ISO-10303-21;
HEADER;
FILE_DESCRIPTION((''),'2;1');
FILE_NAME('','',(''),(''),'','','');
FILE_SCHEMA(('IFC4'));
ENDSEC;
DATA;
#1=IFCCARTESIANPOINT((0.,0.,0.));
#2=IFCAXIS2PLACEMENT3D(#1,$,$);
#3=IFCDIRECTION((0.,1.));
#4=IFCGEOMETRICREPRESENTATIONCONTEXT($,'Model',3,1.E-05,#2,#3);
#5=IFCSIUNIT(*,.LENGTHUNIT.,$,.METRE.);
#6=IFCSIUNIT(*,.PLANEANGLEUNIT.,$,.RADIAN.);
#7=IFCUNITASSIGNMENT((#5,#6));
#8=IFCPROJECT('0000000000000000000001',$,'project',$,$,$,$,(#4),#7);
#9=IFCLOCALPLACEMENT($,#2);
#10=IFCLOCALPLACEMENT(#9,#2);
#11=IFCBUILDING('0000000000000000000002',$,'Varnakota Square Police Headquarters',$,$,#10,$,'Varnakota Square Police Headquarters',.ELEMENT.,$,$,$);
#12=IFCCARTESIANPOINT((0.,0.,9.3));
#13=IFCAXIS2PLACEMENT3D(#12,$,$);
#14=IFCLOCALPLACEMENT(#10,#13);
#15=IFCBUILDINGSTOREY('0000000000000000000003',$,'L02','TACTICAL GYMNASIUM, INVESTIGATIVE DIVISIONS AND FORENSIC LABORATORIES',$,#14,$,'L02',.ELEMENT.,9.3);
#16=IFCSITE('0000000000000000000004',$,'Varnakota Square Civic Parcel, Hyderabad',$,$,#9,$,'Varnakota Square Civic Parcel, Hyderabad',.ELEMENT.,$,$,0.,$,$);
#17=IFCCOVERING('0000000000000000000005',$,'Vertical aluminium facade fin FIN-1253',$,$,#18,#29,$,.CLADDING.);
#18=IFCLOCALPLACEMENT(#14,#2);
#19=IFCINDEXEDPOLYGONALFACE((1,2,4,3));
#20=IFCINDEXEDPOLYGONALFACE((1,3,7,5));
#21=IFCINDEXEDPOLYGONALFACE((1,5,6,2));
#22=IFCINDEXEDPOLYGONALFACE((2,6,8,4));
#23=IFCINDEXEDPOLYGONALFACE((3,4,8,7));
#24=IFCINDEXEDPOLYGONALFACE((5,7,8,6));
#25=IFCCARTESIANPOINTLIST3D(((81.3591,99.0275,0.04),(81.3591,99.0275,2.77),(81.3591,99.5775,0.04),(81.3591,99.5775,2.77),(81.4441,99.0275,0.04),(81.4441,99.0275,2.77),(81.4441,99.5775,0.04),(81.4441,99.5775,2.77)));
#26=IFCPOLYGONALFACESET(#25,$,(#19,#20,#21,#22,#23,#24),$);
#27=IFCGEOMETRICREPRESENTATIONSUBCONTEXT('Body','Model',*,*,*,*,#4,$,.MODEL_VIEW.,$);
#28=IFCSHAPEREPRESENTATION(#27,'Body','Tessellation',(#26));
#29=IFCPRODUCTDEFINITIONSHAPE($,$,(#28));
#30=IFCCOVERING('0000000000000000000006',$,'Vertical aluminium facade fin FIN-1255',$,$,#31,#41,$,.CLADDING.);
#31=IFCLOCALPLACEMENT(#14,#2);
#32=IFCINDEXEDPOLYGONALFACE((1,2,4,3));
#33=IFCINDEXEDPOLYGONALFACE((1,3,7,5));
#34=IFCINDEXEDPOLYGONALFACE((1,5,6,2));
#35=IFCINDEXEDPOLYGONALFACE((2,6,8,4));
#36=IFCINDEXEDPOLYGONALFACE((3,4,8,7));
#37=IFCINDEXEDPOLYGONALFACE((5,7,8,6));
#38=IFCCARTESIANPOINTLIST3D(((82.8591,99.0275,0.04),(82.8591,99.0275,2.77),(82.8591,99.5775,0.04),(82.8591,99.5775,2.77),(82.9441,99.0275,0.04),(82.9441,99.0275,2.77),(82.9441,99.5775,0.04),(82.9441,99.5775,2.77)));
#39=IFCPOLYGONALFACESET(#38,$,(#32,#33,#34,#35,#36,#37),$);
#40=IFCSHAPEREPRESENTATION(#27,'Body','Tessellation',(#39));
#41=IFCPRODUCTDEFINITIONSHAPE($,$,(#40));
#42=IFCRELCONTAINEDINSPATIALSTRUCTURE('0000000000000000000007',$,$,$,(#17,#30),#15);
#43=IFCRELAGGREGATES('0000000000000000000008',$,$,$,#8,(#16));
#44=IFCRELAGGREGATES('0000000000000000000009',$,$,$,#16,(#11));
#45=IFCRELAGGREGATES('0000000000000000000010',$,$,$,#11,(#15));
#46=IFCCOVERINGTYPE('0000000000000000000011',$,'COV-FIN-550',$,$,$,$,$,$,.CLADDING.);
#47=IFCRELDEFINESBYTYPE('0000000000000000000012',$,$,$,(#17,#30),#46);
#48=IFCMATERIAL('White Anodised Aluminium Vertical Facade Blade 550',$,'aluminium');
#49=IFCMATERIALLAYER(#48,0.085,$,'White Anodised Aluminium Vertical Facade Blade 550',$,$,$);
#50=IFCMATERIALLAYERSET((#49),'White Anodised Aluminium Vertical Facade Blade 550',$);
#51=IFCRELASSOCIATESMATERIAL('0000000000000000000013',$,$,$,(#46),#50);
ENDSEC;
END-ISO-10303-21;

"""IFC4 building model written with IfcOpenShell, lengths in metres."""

from ifc_helpers import new_model, si_unit, direction, frame, origin, origin_2d, place, context, subcontext, project, spatial, rectangle, extrude, material, layer, layer_set, type_object, element, save


model = new_model("IFC4")

# Units and contexts
model_context = context("Model", 3, precision=1e-05, world=origin(), true_north=direction((0.0, 1.0)))
body_context = subcontext(model_context, "Body", "Model", "MODEL_VIEW")
ifc_project = project(units=[si_unit("LENGTHUNIT", "METRE"), si_unit("PLANEANGLEUNIT", "RADIAN")], contexts=[model_context])

# Site, building, storey
site_placement = place(None, origin())
site = spatial("IfcSite", under=ifc_project, at=site_placement, Name="Varnakota Square Civic Parcel, Hyderabad", LongName="Varnakota Square Civic Parcel, Hyderabad", CompositionType="ELEMENT", RefElevation=0.0)
building_placement = place(site_placement, origin())
building = spatial("IfcBuilding", under=site, at=building_placement, Name="Varnakota Square Police Headquarters", LongName="Varnakota Square Police Headquarters", CompositionType="ELEMENT")
storey_placement = place(building_placement, frame((0.0, 0.0, 9.3)))
storey = spatial("IfcBuildingStorey", under=building, at=storey_placement, Name="L02", Description="TACTICAL GYMNASIUM, INVESTIGATIVE DIVISIONS AND FORENSIC LABORATORIES", LongName="L02", CompositionType="ELEMENT", Elevation=9.3)

# Coverings
ifc_material_1 = material(Name="White Anodised Aluminium Vertical Facade Blade 550", Category="aluminium")
ifc_layer_1 = layer(ifc_material_1, 0.085, Name="White Anodised Aluminium Vertical Facade Blade 550")
ifc_layer_set_1 = layer_set([ifc_layer_1], Name="White Anodised Aluminium Vertical Facade Blade 550")
covering_type_1 = type_object("IfcCoveringType", Name="COV-FIN-550", PredefinedType="CLADDING", material=ifc_layer_set_1)
for number, where, z_axis, x_axis, name in (
    (1, (81.4016, 99.3025, 0.04), (0.0, 0.0, 1.0), (1.0, 0.0, 0.0), "Vertical aluminium facade fin FIN-1253"),
    (2, (82.9016, 99.3025, 0.04), (0.0, 0.0, 1.0), (1.0, 0.0, 0.0), "Vertical aluminium facade fin FIN-1255"),
):
    element("IfcCovering", number, at=place(storey_placement, frame(where, z_axis=z_axis, x_axis=x_axis)), inside=storey, type_object=covering_type_1, Name=name, PredefinedType="CLADDING", context=body_context, shape_type="SweptSolid", body=[
        extrude(rectangle(XDim=0.085, YDim=0.55, at=origin_2d()), origin(), (0.0, 0.0, 1.0), 2.73),
    ])

save(model, "model.ifc")
